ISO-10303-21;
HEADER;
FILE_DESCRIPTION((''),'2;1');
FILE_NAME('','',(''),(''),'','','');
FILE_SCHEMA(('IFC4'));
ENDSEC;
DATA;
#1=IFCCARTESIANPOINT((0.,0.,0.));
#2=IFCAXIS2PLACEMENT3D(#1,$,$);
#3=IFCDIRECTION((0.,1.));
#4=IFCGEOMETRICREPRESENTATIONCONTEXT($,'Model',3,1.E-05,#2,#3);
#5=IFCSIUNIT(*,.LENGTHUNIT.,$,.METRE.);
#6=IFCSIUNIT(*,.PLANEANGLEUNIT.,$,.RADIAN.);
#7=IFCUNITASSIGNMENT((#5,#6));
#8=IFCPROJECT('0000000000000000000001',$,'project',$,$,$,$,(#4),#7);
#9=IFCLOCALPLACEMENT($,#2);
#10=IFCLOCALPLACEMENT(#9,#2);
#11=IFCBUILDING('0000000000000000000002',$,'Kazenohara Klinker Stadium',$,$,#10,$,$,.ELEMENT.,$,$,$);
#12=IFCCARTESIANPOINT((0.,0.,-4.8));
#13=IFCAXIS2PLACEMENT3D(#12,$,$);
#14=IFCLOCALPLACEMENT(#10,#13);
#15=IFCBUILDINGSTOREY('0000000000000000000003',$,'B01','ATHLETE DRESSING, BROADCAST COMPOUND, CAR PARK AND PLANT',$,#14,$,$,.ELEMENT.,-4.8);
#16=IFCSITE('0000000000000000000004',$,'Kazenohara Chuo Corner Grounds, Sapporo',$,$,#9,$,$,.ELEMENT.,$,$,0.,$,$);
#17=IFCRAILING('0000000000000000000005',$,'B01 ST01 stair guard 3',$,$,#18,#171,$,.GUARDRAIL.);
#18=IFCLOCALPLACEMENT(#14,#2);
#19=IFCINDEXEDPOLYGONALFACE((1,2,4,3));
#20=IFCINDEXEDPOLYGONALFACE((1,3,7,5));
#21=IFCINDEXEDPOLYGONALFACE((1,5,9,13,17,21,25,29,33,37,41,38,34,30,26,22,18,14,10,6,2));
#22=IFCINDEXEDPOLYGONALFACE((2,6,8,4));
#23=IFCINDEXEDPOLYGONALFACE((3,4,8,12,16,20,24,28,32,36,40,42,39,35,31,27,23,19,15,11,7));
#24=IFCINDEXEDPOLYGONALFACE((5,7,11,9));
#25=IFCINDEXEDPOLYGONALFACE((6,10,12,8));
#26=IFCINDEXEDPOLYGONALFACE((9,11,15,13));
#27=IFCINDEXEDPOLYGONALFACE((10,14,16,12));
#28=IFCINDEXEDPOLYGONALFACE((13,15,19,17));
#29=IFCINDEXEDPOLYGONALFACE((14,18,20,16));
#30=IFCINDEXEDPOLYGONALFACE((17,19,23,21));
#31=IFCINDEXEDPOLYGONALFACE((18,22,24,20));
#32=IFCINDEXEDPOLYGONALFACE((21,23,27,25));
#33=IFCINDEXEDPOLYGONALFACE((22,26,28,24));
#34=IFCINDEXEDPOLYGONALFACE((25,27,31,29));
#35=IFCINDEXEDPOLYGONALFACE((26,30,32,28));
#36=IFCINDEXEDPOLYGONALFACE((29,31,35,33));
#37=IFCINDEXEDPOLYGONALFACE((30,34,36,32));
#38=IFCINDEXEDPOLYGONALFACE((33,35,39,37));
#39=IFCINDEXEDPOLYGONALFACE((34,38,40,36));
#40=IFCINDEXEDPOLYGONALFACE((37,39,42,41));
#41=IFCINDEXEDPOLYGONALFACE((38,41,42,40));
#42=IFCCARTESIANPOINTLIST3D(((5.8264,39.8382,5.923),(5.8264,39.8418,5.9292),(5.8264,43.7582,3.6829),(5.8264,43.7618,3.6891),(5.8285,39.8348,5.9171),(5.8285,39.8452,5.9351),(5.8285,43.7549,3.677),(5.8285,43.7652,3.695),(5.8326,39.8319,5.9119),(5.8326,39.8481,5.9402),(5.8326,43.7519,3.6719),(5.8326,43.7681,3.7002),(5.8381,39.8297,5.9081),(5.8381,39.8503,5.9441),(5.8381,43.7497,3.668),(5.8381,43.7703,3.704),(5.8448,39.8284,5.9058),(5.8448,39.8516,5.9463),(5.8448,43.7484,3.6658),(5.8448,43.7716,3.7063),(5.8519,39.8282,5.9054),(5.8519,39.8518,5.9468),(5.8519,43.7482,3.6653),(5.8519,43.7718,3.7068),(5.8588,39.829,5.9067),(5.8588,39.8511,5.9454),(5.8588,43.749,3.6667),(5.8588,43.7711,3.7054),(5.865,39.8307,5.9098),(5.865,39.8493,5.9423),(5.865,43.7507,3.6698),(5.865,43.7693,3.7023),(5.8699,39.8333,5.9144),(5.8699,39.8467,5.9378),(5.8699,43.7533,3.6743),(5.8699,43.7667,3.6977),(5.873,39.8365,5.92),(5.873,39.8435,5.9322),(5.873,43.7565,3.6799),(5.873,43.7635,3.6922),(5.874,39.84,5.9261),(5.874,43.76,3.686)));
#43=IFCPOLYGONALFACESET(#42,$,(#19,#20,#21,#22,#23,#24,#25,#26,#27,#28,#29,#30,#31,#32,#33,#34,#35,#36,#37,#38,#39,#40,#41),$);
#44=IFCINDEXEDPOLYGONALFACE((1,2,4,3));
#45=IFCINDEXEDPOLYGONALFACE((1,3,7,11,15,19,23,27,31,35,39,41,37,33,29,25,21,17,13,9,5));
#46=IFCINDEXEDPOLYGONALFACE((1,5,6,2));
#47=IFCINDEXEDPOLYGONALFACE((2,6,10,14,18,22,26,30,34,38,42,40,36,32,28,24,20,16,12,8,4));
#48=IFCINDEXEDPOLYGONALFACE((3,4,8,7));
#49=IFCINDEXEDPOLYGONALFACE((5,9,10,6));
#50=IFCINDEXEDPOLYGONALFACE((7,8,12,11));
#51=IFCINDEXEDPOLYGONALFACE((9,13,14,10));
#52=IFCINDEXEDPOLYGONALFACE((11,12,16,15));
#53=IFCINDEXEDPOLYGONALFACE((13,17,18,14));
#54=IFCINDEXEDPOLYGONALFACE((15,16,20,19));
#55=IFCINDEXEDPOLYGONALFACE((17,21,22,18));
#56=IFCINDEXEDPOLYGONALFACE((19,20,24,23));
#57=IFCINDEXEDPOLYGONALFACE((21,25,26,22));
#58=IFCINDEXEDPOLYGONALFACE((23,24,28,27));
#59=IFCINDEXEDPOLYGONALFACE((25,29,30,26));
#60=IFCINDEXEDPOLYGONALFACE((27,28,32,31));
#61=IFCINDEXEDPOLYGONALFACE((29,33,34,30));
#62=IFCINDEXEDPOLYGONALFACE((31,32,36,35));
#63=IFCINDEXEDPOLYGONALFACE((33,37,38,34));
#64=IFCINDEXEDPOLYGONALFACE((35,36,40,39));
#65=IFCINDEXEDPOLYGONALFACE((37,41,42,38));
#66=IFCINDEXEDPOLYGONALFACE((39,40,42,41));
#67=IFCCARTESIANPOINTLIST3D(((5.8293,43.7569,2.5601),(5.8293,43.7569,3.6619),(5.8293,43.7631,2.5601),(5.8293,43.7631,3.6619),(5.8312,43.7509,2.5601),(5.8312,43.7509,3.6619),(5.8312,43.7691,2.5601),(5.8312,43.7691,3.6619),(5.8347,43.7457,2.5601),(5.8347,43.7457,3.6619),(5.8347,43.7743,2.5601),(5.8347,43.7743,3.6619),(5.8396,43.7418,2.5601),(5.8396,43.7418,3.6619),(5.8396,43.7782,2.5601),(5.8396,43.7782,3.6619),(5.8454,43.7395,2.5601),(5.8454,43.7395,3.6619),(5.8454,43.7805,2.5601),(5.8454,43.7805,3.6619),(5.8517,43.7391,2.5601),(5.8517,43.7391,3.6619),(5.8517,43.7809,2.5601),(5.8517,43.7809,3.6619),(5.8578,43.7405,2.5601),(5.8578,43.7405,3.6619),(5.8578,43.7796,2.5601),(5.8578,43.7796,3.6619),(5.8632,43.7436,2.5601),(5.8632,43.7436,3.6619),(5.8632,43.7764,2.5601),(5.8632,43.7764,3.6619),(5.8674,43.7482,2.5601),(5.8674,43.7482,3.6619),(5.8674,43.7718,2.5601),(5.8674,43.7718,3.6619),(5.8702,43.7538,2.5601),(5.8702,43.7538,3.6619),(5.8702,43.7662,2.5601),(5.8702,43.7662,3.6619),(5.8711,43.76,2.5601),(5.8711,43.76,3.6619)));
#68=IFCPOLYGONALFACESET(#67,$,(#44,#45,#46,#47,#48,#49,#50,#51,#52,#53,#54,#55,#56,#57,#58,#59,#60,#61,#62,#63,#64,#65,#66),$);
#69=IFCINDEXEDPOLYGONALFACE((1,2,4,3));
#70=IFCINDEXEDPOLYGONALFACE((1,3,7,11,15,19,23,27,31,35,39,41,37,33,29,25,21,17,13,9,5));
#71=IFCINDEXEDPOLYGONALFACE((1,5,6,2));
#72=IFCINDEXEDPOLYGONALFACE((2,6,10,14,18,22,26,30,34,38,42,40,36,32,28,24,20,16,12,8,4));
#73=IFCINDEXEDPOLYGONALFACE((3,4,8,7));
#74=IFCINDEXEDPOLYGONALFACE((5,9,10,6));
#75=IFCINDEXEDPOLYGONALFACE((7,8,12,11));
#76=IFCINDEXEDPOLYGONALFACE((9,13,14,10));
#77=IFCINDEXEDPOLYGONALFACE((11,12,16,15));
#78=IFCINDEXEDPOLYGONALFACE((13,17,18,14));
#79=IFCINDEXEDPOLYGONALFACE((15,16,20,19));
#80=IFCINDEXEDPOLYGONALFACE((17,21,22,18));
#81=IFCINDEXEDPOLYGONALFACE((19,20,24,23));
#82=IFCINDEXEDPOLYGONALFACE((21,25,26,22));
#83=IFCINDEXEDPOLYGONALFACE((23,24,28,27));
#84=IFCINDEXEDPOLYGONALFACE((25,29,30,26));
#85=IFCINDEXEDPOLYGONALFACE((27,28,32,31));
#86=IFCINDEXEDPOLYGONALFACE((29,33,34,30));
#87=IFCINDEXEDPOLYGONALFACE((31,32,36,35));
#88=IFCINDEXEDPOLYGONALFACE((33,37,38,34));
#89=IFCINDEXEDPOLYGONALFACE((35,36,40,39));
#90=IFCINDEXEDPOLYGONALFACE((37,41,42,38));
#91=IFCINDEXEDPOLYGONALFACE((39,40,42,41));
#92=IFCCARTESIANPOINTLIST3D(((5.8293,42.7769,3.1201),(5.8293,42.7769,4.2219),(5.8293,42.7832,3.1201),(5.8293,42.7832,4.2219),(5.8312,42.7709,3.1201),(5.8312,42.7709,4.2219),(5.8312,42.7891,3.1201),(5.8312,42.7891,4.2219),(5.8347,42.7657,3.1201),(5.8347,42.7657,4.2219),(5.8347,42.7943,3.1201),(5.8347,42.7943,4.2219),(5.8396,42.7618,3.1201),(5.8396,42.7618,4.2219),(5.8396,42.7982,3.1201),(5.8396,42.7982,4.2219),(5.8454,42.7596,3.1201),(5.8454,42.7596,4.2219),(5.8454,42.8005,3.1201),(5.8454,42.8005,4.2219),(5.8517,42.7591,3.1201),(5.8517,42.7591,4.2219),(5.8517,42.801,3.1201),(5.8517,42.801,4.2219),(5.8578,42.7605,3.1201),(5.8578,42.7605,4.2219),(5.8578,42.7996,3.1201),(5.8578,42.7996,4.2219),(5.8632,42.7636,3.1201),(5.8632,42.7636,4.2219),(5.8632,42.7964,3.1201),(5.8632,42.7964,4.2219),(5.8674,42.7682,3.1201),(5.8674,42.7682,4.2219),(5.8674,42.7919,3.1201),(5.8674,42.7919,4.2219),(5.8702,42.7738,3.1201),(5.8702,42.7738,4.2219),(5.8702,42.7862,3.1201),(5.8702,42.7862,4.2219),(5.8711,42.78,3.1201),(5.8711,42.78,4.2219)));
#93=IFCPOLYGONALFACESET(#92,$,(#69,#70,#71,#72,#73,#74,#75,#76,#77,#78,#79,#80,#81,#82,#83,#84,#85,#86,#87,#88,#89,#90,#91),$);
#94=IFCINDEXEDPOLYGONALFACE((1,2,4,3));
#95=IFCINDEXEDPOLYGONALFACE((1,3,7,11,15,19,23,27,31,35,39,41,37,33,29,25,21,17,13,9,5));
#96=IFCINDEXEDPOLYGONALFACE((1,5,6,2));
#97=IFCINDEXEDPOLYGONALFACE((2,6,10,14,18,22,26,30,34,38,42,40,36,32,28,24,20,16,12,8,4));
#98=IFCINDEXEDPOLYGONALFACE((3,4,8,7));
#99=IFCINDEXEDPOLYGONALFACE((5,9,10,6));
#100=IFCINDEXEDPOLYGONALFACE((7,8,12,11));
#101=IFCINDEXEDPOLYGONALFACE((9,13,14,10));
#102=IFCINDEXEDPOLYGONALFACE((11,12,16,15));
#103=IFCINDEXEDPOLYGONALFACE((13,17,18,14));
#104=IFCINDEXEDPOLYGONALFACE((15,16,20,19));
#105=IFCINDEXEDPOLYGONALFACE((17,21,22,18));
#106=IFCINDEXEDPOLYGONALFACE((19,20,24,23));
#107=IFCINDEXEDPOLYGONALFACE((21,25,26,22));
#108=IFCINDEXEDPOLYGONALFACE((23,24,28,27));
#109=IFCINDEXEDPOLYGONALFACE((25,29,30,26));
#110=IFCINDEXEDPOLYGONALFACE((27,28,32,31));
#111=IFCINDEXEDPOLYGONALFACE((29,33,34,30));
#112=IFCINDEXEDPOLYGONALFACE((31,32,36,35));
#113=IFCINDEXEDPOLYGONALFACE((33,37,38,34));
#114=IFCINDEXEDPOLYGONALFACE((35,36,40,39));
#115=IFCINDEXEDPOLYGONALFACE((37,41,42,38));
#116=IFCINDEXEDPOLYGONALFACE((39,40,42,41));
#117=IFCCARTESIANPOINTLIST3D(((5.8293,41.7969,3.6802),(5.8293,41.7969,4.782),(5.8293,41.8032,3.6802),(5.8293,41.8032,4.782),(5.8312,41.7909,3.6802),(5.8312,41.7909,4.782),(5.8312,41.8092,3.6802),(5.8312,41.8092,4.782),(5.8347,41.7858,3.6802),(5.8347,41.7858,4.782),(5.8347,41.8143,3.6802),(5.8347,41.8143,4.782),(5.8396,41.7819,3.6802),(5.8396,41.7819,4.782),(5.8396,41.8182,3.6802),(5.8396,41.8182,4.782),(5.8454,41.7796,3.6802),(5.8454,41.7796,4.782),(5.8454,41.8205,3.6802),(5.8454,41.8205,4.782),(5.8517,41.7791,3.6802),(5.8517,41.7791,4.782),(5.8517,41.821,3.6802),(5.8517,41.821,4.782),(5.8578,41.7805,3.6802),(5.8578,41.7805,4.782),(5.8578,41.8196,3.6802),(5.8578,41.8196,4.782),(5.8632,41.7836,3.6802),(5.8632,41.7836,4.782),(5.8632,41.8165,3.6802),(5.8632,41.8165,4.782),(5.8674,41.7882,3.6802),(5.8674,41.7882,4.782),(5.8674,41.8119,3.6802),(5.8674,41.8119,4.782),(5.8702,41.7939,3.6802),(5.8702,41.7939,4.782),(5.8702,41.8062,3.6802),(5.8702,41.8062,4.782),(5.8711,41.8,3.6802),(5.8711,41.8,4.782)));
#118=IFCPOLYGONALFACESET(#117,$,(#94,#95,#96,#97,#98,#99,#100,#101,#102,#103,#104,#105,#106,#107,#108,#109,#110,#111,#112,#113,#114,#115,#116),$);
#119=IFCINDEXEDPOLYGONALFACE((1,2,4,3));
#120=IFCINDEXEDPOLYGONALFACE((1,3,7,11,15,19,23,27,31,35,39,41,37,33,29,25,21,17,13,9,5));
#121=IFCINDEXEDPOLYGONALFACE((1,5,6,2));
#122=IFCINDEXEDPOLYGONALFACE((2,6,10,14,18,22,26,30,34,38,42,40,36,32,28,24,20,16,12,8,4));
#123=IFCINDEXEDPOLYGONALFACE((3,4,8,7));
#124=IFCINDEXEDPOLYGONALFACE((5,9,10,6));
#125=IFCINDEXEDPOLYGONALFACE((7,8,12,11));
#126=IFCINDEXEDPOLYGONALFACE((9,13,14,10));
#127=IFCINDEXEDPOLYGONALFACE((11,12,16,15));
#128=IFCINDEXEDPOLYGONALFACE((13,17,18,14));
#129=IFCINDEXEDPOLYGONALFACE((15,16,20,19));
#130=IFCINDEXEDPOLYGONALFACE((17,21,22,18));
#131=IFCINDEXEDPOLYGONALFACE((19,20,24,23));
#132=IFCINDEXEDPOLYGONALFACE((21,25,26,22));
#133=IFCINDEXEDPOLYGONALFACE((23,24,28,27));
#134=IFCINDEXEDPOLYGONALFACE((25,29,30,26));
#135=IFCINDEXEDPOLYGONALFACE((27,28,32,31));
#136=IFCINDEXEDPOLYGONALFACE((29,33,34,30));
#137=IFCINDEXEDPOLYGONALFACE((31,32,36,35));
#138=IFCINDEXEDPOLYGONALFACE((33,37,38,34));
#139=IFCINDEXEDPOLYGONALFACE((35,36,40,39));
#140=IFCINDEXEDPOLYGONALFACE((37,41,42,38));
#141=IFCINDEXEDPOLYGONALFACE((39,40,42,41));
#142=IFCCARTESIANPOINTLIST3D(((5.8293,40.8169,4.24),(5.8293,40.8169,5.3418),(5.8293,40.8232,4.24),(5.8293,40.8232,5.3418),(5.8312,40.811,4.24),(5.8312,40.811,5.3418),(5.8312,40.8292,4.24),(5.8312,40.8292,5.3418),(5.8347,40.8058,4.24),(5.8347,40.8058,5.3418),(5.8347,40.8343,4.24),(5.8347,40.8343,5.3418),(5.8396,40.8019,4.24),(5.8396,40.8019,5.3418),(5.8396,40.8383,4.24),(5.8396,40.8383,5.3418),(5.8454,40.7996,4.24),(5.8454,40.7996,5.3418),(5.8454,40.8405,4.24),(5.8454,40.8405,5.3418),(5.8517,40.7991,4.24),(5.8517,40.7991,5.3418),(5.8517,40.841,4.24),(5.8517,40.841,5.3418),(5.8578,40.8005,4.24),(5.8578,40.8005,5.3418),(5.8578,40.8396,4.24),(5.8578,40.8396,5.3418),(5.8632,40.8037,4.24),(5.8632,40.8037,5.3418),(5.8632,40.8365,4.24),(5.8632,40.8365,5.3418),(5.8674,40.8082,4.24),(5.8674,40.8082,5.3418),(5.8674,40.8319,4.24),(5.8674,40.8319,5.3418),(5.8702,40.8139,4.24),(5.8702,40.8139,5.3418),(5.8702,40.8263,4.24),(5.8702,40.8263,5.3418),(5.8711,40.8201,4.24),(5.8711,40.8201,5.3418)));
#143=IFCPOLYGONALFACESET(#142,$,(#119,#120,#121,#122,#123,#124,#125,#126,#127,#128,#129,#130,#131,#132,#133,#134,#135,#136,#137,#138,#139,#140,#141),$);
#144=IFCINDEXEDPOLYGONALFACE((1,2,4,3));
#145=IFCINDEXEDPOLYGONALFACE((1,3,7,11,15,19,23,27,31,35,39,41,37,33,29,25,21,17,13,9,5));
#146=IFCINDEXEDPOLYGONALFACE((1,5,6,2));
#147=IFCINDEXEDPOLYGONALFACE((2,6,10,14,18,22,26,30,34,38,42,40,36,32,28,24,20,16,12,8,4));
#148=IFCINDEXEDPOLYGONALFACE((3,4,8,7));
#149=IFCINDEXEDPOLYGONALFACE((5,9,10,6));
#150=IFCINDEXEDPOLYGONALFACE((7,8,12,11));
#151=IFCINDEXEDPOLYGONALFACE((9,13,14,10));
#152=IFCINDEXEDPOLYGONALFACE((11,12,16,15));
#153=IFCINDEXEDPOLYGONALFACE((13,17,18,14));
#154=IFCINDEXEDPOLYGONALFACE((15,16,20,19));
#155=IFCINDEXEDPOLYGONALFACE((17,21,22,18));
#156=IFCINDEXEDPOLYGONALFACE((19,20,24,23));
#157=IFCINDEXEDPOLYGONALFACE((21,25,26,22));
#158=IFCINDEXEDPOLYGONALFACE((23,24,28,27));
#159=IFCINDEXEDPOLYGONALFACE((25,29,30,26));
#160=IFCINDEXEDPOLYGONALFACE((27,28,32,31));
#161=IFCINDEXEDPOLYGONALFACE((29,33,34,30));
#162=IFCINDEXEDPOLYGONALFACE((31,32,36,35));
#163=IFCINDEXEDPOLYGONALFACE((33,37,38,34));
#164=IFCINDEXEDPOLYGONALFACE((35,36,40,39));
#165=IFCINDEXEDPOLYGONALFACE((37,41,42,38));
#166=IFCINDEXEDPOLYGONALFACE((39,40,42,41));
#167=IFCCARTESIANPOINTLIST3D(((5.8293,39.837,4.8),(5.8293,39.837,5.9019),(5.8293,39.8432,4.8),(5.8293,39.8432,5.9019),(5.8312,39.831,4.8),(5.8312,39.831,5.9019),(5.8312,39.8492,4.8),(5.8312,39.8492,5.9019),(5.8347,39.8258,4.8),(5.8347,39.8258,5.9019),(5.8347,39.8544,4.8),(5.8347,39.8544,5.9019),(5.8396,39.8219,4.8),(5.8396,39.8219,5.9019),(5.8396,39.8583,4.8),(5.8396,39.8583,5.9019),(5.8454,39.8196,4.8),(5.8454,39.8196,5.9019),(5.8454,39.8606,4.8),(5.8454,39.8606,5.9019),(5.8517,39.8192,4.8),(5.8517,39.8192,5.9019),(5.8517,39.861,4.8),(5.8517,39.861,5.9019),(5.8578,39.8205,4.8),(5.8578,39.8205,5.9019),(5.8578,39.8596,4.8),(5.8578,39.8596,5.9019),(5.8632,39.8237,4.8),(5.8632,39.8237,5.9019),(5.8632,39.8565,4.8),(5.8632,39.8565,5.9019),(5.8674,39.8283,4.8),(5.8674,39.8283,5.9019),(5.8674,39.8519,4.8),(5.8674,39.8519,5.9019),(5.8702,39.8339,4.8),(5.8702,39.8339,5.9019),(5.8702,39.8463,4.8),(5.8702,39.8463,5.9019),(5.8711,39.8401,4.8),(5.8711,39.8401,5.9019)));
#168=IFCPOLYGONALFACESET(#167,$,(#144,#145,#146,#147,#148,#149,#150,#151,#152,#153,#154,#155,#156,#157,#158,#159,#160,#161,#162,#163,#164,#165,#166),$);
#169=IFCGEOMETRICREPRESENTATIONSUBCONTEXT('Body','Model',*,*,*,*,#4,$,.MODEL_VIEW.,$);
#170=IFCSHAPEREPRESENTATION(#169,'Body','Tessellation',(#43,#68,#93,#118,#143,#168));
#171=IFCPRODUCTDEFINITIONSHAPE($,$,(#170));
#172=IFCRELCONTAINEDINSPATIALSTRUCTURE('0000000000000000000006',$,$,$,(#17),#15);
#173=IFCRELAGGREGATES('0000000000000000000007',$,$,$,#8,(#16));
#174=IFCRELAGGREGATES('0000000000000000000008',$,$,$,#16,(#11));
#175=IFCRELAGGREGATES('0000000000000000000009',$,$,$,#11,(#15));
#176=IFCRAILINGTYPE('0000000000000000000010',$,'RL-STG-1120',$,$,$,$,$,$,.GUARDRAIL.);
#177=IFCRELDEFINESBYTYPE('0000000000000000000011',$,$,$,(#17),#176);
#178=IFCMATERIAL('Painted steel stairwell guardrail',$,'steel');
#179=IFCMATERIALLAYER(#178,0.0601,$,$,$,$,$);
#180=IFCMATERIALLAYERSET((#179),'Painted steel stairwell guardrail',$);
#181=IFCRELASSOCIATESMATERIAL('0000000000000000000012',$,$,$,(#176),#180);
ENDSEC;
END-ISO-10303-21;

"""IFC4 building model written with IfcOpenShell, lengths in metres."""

from ifc_helpers import new_model, si_unit, direction, frame, origin, origin_2d, place, context, subcontext, project, spatial, circle, extrude, material, layer, layer_set, type_object, element, save


model = new_model("IFC4")

# Units and contexts
model_context = context("Model", 3, precision=1e-05, world=origin(), true_north=direction((0.0, 1.0)))
body_context = subcontext(model_context, "Body", "Model", "MODEL_VIEW")
ifc_project = project(units=[si_unit("LENGTHUNIT", "METRE"), si_unit("PLANEANGLEUNIT", "RADIAN")], contexts=[model_context])

# Site, building, storey
site_placement = place(None, origin())
site = spatial("IfcSite", under=ifc_project, at=site_placement, Name="Kazenohara Chuo Corner Grounds, Sapporo", CompositionType="ELEMENT", RefElevation=0.0)
building_placement = place(site_placement, origin())
building = spatial("IfcBuilding", under=site, at=building_placement, Name="Kazenohara Klinker Stadium", CompositionType="ELEMENT")
storey_placement = place(building_placement, frame((0.0, 0.0, -4.8)))
storey = spatial("IfcBuildingStorey", under=building, at=storey_placement, Name="B01", Description="ATHLETE DRESSING, BROADCAST COMPOUND, CAR PARK AND PLANT", CompositionType="ELEMENT", Elevation=-4.8)

# Railing
ifc_material_1 = material(Name="Painted steel stairwell guardrail", Category="steel")
ifc_layer_1 = layer(ifc_material_1, 0.0601)
ifc_layer_set_1 = layer_set([ifc_layer_1], Name="Painted steel stairwell guardrail")
railing_type = type_object("IfcRailingType", Name="RL-STG-1120", PredefinedType="GUARDRAIL", material=ifc_layer_set_1)
railing_1_placement = place(storey_placement, frame((5.8501, 43.76, 2.5601)))
element("IfcRailing", 1, at=railing_1_placement, inside=storey, type_object=railing_type, Name="B01 ST01 stair guard 3", PredefinedType="GUARDRAIL", context=body_context, shape_type="SweptSolid", body=[
    extrude(circle(Radius=0.0239, at=origin_2d()), frame((0.0, 0.0, 1.126), z_axis=(0.0, -0.86824, 0.496145), x_axis=(1.0, 0.0, 0.0)), (0.0, 0.0, 1.0), 4.5149),
    extrude(circle(Radius=0.021, at=origin_2d()), origin(), (0.0, 0.0, 1.0), 1.1018),
    extrude(circle(Radius=0.021, at=origin_2d()), frame((0.0, -0.98, 0.5601)), (0.0, 0.0, 1.0), 1.1018),
    extrude(circle(Radius=0.021, at=origin_2d()), frame((0.0, -1.96, 1.1201)), (0.0, 0.0, 1.0), 1.1018),
    extrude(circle(Radius=0.021, at=origin_2d()), frame((0.0, -2.9399, 1.6799)), (0.0, 0.0, 1.0), 1.1018),
    extrude(circle(Radius=0.021, at=origin_2d()), frame((0.0, -3.9199, 2.24)), (0.0, 0.0, 1.0), 1.1018),
])

save(model, "model.ifc")
